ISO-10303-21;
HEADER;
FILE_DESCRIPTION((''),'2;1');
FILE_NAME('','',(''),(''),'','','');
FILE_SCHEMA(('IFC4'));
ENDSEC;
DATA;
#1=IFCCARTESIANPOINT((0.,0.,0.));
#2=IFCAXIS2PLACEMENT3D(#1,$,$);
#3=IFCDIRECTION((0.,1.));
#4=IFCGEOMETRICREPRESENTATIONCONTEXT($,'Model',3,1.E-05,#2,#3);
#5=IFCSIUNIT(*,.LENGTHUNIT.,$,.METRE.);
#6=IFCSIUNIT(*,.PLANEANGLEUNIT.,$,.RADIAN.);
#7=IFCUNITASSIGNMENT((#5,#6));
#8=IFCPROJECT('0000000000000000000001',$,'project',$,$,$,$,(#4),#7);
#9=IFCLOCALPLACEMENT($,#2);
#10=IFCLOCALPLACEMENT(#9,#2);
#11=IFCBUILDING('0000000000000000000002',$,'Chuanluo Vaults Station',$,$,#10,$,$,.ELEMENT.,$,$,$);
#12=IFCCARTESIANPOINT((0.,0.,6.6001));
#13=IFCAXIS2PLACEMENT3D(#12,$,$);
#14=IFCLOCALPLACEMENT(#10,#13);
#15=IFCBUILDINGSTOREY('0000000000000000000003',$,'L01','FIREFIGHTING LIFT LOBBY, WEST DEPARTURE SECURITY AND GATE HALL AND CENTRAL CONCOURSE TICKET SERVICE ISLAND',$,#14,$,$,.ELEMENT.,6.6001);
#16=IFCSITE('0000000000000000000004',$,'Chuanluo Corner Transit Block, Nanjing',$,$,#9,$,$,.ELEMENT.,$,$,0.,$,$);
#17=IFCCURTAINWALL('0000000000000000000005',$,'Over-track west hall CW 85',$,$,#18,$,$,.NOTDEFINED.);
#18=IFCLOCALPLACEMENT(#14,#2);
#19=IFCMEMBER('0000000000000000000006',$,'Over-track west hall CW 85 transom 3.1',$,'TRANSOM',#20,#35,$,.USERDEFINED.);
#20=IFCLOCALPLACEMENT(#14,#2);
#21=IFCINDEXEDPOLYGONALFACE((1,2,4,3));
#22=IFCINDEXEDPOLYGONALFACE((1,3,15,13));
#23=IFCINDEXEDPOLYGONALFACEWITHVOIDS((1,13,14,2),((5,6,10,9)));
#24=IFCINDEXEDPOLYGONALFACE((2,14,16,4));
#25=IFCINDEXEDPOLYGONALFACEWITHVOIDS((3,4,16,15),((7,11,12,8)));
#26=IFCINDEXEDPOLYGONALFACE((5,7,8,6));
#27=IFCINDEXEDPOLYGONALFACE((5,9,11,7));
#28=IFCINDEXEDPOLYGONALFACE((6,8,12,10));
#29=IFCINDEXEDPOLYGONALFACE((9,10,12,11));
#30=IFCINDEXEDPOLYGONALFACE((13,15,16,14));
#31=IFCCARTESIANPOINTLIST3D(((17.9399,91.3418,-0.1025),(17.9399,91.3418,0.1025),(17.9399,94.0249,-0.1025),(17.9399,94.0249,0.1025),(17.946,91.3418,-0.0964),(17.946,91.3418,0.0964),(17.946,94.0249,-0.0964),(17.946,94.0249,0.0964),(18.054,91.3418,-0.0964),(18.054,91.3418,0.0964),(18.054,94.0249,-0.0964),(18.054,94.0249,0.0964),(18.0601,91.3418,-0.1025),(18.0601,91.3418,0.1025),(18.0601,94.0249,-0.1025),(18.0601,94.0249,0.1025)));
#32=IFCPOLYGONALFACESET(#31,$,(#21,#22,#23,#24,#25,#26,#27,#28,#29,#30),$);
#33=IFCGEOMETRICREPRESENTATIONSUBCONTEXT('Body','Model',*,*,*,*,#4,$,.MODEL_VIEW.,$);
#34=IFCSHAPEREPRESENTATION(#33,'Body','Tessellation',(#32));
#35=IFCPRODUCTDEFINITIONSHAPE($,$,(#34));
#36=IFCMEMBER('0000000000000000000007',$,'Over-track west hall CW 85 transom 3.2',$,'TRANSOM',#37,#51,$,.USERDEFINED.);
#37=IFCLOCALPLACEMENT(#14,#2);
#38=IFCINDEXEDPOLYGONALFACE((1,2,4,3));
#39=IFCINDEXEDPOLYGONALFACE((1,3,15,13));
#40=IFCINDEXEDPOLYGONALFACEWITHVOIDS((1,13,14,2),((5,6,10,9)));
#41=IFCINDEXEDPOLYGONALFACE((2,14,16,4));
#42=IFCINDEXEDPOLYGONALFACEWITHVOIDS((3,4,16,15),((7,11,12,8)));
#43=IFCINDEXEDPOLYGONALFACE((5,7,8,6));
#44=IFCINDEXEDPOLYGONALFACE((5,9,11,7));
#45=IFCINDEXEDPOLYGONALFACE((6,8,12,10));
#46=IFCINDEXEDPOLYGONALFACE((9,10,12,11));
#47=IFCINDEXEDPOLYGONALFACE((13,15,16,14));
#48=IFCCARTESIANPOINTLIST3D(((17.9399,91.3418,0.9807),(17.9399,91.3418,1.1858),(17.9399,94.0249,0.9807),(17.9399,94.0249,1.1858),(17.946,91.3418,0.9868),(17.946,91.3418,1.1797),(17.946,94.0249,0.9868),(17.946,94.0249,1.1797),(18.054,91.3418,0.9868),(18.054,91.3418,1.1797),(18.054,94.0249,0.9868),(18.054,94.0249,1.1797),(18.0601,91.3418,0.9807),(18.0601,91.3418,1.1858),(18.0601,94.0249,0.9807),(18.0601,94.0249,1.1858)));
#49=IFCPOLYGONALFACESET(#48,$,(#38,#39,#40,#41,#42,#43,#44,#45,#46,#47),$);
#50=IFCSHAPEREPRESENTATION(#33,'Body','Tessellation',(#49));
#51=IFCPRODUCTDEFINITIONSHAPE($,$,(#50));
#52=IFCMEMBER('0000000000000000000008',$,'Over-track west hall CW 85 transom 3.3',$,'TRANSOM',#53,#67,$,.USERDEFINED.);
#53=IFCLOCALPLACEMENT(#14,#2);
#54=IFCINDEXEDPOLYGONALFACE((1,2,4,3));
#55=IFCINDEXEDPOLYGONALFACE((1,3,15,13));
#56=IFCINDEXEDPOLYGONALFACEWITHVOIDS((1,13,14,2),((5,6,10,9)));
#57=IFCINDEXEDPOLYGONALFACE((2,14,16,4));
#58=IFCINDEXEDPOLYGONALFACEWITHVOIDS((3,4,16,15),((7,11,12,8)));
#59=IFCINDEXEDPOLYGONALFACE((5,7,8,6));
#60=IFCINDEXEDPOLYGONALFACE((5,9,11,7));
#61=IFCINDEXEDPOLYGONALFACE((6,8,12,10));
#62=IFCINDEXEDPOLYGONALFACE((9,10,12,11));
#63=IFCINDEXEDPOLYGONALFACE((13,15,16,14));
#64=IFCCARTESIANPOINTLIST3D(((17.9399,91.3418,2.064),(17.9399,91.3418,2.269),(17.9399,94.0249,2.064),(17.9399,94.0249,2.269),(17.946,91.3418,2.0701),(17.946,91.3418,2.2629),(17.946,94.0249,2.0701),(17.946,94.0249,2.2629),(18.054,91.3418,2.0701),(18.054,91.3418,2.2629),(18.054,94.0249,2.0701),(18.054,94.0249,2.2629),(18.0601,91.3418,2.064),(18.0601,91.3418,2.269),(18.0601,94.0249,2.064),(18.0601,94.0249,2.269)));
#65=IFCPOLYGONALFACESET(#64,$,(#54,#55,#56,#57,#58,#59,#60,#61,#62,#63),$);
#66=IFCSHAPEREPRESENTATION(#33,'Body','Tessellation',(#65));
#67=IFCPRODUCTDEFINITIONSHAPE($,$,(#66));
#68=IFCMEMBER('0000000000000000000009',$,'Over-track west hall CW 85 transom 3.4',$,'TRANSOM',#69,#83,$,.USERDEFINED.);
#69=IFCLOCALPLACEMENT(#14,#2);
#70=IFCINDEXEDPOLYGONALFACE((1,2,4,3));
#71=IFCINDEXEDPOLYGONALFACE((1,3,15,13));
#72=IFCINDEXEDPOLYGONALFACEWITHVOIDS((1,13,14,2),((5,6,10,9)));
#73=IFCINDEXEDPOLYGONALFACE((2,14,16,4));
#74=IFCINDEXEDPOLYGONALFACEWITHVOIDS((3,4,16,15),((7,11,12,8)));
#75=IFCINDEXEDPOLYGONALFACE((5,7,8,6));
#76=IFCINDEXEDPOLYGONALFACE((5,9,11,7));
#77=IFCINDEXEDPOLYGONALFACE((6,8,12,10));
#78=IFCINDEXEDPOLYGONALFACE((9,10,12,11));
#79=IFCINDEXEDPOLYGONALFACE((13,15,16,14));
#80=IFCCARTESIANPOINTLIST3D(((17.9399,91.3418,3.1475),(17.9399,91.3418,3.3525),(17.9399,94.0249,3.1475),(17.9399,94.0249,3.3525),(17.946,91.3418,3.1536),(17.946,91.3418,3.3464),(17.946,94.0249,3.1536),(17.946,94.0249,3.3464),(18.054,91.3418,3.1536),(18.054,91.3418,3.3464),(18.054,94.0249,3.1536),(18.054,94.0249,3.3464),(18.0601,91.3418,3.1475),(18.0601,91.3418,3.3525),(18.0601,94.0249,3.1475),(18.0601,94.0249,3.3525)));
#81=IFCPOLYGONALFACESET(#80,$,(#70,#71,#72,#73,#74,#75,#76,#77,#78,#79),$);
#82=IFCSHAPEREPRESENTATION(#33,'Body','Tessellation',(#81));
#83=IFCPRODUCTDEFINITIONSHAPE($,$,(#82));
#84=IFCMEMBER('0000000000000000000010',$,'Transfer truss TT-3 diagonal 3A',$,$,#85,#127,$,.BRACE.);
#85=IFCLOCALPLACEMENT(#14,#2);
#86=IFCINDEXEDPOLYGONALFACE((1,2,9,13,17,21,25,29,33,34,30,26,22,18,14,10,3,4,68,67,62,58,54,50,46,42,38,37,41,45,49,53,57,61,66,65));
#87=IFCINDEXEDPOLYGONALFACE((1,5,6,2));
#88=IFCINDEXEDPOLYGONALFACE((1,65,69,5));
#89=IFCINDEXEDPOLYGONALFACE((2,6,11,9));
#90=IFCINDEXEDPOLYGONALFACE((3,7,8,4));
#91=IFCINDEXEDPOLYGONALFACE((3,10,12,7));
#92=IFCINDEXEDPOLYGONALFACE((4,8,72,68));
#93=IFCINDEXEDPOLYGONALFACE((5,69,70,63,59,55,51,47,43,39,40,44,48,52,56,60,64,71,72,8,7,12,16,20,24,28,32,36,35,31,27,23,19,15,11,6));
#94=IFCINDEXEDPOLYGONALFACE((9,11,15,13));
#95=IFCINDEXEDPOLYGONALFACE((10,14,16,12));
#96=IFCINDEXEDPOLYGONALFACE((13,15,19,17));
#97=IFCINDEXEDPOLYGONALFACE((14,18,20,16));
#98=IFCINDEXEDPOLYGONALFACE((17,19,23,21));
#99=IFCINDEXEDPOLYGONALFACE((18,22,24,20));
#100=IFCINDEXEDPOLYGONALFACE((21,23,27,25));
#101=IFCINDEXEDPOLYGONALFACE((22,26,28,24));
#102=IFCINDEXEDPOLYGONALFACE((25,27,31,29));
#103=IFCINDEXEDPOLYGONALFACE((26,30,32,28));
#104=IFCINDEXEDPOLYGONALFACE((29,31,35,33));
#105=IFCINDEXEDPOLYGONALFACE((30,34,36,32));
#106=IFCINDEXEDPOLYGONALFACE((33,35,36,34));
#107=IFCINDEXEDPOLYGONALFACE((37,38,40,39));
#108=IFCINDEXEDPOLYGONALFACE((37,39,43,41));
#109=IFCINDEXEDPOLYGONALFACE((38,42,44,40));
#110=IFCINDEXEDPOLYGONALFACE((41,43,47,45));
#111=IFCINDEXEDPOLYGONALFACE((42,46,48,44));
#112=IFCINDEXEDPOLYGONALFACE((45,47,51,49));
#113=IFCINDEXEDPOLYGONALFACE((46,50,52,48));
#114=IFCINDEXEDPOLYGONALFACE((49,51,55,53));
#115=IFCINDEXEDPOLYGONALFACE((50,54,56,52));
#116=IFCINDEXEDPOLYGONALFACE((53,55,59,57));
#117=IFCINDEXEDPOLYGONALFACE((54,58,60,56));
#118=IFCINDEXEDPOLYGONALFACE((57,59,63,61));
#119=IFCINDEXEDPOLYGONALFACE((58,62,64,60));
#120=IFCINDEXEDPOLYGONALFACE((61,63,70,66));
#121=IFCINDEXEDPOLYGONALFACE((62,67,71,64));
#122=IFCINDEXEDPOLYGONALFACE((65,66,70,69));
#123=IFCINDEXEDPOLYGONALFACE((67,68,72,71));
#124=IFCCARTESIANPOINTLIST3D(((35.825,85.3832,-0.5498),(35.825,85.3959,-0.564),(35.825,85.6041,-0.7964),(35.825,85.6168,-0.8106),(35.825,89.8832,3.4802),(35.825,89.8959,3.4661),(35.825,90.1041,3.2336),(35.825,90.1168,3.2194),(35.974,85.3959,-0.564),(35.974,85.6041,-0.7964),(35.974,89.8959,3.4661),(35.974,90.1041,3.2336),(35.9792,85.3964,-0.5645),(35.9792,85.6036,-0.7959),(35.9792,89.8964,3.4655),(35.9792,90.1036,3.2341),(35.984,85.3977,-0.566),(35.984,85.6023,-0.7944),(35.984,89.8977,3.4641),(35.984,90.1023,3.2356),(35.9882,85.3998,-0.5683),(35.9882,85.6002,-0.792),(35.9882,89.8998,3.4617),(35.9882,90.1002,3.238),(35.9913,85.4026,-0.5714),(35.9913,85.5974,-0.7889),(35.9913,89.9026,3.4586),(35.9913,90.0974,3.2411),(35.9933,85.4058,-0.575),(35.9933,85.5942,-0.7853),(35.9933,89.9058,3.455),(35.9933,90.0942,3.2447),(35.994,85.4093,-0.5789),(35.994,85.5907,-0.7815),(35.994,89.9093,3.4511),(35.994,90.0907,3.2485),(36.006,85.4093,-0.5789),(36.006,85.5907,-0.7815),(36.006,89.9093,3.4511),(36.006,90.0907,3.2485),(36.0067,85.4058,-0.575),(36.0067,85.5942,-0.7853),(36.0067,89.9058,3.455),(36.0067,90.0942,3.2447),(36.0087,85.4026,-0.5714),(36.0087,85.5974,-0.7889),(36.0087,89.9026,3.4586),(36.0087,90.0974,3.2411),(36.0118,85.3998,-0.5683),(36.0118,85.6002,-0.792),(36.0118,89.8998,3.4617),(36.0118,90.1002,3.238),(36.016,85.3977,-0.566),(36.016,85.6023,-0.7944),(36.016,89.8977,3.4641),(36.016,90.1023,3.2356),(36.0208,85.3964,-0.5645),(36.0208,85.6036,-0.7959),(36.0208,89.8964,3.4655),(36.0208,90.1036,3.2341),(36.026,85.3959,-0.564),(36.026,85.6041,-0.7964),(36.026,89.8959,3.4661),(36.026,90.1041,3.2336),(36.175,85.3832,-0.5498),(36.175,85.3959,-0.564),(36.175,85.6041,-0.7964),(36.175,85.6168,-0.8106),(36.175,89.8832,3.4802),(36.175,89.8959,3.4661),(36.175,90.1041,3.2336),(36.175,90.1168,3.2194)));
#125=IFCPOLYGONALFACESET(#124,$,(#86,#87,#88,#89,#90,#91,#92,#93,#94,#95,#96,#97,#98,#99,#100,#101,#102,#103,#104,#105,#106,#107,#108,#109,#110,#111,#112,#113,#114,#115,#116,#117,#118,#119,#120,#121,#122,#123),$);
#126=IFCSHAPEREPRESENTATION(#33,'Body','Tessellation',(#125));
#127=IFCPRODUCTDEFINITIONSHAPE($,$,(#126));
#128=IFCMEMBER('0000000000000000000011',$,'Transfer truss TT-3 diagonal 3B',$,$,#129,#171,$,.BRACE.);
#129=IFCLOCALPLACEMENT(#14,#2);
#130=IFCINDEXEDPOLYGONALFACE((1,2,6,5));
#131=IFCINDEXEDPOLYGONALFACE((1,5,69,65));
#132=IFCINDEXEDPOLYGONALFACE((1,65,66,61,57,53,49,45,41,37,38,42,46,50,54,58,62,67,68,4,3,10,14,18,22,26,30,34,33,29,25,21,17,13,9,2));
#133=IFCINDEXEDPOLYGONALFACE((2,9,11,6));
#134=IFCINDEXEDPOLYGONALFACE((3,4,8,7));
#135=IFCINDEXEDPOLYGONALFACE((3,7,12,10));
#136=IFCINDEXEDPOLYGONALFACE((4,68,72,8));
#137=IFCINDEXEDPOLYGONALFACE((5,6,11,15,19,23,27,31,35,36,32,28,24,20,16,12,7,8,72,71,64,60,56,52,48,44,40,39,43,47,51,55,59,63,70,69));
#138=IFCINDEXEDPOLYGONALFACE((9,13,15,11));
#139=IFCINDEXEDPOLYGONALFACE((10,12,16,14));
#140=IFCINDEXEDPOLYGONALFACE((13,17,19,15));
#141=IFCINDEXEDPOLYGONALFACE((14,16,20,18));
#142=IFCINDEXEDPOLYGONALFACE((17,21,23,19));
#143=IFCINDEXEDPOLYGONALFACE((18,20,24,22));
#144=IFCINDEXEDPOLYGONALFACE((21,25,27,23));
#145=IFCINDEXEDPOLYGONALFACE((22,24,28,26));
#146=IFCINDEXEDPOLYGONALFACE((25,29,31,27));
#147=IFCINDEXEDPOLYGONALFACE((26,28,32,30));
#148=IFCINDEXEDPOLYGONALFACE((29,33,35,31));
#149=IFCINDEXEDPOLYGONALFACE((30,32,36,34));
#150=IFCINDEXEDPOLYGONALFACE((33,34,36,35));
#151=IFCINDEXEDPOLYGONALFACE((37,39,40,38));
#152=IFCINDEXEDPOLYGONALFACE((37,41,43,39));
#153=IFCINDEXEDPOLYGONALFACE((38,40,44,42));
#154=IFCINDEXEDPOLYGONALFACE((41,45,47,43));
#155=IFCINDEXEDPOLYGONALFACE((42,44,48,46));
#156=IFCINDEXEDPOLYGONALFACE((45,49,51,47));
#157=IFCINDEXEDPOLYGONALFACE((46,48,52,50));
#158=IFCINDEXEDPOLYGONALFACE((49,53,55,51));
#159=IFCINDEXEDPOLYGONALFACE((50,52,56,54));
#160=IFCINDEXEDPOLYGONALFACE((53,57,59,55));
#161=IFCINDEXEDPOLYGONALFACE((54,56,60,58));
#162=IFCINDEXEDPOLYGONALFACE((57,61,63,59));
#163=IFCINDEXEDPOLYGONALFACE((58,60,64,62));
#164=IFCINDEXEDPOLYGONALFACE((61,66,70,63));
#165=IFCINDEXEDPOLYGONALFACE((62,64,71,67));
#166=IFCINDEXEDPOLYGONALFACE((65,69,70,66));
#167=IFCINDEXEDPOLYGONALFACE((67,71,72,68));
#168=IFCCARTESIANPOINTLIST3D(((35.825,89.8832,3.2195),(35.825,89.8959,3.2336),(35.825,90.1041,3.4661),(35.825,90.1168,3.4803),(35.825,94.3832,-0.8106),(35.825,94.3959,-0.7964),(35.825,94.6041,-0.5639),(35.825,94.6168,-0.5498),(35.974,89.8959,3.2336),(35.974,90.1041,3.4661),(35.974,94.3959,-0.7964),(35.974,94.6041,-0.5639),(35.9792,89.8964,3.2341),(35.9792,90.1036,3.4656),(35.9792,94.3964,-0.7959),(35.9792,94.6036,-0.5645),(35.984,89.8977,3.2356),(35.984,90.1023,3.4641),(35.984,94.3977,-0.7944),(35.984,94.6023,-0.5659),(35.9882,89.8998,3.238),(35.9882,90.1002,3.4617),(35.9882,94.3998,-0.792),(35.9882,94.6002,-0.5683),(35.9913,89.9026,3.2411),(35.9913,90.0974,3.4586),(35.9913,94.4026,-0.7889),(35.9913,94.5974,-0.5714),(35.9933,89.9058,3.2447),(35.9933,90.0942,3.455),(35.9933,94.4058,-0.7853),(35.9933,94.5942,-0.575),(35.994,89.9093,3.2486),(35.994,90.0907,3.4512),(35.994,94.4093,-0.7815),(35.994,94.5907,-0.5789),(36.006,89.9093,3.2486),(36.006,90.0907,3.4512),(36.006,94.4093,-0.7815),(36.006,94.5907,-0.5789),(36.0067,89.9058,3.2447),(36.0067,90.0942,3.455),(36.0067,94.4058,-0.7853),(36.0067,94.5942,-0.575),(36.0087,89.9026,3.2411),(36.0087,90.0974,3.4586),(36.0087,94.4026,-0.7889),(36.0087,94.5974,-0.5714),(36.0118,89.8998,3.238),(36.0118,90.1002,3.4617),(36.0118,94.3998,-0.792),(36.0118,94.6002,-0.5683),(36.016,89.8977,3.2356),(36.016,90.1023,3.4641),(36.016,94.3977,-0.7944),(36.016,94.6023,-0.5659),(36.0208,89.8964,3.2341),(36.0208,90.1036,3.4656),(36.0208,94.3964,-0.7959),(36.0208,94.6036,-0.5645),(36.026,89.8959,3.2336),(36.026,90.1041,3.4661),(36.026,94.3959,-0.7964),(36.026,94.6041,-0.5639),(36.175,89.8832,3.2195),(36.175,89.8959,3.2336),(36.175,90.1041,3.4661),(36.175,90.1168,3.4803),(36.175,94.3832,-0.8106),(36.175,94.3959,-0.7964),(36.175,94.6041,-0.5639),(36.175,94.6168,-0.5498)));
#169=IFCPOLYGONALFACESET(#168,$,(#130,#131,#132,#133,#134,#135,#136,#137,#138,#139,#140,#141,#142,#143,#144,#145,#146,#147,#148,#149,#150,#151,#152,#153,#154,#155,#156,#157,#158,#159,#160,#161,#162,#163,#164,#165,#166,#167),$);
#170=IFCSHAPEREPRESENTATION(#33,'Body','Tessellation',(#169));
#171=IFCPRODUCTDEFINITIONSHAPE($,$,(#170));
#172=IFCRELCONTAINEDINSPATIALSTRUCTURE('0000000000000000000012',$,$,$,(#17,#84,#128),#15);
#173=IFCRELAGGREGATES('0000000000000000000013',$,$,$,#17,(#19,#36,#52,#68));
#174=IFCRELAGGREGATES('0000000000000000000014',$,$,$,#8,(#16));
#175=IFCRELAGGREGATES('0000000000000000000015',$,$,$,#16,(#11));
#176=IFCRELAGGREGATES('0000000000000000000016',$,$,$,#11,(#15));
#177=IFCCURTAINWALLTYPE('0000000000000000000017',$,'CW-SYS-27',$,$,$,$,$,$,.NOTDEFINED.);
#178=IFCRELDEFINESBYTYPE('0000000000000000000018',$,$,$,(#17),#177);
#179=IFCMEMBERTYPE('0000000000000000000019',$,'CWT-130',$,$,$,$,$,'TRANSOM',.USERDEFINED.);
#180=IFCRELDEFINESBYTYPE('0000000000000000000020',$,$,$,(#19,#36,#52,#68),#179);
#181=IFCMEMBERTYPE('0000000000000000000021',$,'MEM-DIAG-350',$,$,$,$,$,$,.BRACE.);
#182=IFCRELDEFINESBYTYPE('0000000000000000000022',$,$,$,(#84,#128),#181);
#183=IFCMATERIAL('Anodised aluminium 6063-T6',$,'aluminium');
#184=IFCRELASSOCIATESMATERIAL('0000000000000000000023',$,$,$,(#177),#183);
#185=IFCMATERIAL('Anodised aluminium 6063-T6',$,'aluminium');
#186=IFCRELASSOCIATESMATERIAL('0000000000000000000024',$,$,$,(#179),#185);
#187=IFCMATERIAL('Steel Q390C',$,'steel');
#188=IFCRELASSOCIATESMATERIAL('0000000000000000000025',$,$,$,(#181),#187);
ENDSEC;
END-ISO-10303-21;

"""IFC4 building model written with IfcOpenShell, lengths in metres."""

from ifc_helpers import new_model, si_unit, direction, frame, origin, origin_2d, place, context, subcontext, project, spatial, hollow_rectangle, i_section, extrude, material, material_profile, profile_set, type_object, element, aggregate, save


model = new_model("IFC4")

# Units and contexts
model_context = context("Model", 3, precision=1e-05, world=origin(), true_north=direction((0.0, 1.0)))
body_context = subcontext(model_context, "Body", "Model", "MODEL_VIEW")
ifc_project = project(units=[si_unit("LENGTHUNIT", "METRE"), si_unit("PLANEANGLEUNIT", "RADIAN")], contexts=[model_context])

# Site, building, storey
site_placement = place(None, origin())
site = spatial("IfcSite", under=ifc_project, at=site_placement, Name="Chuanluo Corner Transit Block, Nanjing", CompositionType="ELEMENT", RefElevation=0.0)
building_placement = place(site_placement, origin())
building = spatial("IfcBuilding", under=site, at=building_placement, Name="Chuanluo Vaults Station", CompositionType="ELEMENT")
storey_placement = place(building_placement, frame((0.0, 0.0, 6.6001)))
storey = spatial("IfcBuildingStorey", under=building, at=storey_placement, Name="L01", Description="FIREFIGHTING LIFT LOBBY, WEST DEPARTURE SECURITY AND GATE HALL AND CENTRAL CONCOURSE TICKET SERVICE ISLAND", CompositionType="ELEMENT", Elevation=6.6001)

# Curtain wall, members
ifc_material_1 = material(Name="Anodised aluminium 6063-T6", Category="aluminium")
curtain_wall_type = type_object("IfcCurtainWallType", Name="CW-SYS-27", PredefinedType="NOTDEFINED", material=ifc_material_1)
curtain_wall_placement = place(storey_placement, origin())
curtain_wall = element("IfcCurtainWall", 1, at=curtain_wall_placement, inside=storey, type_object=curtain_wall_type, Name="Over-track west hall CW 85", PredefinedType="NOTDEFINED")
ifc_material_2 = material(Name="Anodised aluminium 6063-T6", Category="aluminium")
ifc_material_profile_1 = material_profile(ifc_material_2, hollow_rectangle(XDim=0.1201, YDim=0.2051, WallThickness=0.0061, at=origin_2d()))
ifc_profile_set_1 = profile_set([ifc_material_profile_1], Name="Anodised aluminium 6063-T6")
member_type_1 = type_object("IfcMemberType", Name="CWT-130", ElementType="TRANSOM", PredefinedType="USERDEFINED", material=ifc_profile_set_1)
member_1_placement = place(storey_placement, frame((18.0, 91.3418, 0.0), z_axis=(0.0, 1.0, 0.0), x_axis=(-1.0, 0.0, 0.0)))
member_1 = element("IfcMember", 2, at=member_1_placement, type_object=member_type_1, Name="Over-track west hall CW 85 transom 3.1", ObjectType="TRANSOM", PredefinedType="USERDEFINED", context=body_context, shape_type="SweptSolid", body=[
    extrude(hollow_rectangle(XDim=0.1201, YDim=0.2051, WallThickness=0.0061, at=origin_2d()), origin(), (0.0, 0.0, 1.0), 2.6831),
])
member_2_placement = place(storey_placement, frame((18.0, 91.3418, 1.0833), z_axis=(0.0, 1.0, 0.0), x_axis=(-1.0, 0.0, 0.0)))
member_2 = element("IfcMember", 3, at=member_2_placement, type_object=member_type_1, Name="Over-track west hall CW 85 transom 3.2", ObjectType="TRANSOM", PredefinedType="USERDEFINED", context=body_context, shape_type="SweptSolid", body=[
    extrude(hollow_rectangle(XDim=0.1201, YDim=0.2051, WallThickness=0.0061, at=origin_2d()), origin(), (0.0, 0.0, 1.0), 2.6831),
])
member_3_placement = place(storey_placement, frame((18.0, 91.3418, 2.1665), z_axis=(0.0, 1.0, 0.0), x_axis=(-1.0, 0.0, 0.0)))
member_3 = element("IfcMember", 4, at=member_3_placement, type_object=member_type_1, Name="Over-track west hall CW 85 transom 3.3", ObjectType="TRANSOM", PredefinedType="USERDEFINED", context=body_context, shape_type="SweptSolid", body=[
    extrude(hollow_rectangle(XDim=0.1201, YDim=0.2051, WallThickness=0.0061, at=origin_2d()), origin(), (0.0, 0.0, 1.0), 2.6831),
])
member_4_placement = place(storey_placement, frame((18.0, 91.3418, 3.25), z_axis=(0.0, 1.0, 0.0), x_axis=(-1.0, 0.0, 0.0)))
member_4 = element("IfcMember", 5, at=member_4_placement, type_object=member_type_1, Name="Over-track west hall CW 85 transom 3.4", ObjectType="TRANSOM", PredefinedType="USERDEFINED", context=body_context, shape_type="SweptSolid", body=[
    extrude(hollow_rectangle(XDim=0.1201, YDim=0.2051, WallThickness=0.0061, at=origin_2d()), origin(), (0.0, 0.0, 1.0), 2.6831),
])

# Members
ifc_material_3 = material(Name="Steel Q390C", Category="steel")
ifc_material_profile_2 = material_profile(ifc_material_3, i_section(OverallWidth=0.3501, OverallDepth=0.3501, WebThickness=0.012, FlangeThickness=0.019, FilletRadius=0.02, at=origin_2d()))
ifc_profile_set_2 = profile_set([ifc_material_profile_2], Name="Steel Q390C")
member_type_2 = type_object("IfcMemberType", Name="MEM-DIAG-350", PredefinedType="BRACE", material=ifc_profile_set_2)
for number, where, z_axis, x_axis, name in (
    (6, (36.0, 85.5, -0.6802), (0.0, 0.744936, 0.667136), (-1.0, 0.0, 0.0), "Transfer truss TT-3 diagonal 3A"),
    (7, (36.0, 90.0, 3.3499), (0.0, 0.744936, -0.667136), (-1.0, 0.0, 0.0), "Transfer truss TT-3 diagonal 3B"),
):
    element("IfcMember", number, at=place(storey_placement, frame(where, z_axis=z_axis, x_axis=x_axis)), inside=storey, type_object=member_type_2, Name=name, PredefinedType="BRACE", context=body_context, shape_type="SweptSolid", body=[
        extrude(i_section(OverallWidth=0.3501, OverallDepth=0.3501, WebThickness=0.012, FlangeThickness=0.019, FilletRadius=0.02, at=origin_2d()), origin(), (0.0, 0.0, 1.0), 6.0408),
    ])

aggregate(curtain_wall, [member_1, member_2, member_3, member_4])

save(model, "model.ifc")
